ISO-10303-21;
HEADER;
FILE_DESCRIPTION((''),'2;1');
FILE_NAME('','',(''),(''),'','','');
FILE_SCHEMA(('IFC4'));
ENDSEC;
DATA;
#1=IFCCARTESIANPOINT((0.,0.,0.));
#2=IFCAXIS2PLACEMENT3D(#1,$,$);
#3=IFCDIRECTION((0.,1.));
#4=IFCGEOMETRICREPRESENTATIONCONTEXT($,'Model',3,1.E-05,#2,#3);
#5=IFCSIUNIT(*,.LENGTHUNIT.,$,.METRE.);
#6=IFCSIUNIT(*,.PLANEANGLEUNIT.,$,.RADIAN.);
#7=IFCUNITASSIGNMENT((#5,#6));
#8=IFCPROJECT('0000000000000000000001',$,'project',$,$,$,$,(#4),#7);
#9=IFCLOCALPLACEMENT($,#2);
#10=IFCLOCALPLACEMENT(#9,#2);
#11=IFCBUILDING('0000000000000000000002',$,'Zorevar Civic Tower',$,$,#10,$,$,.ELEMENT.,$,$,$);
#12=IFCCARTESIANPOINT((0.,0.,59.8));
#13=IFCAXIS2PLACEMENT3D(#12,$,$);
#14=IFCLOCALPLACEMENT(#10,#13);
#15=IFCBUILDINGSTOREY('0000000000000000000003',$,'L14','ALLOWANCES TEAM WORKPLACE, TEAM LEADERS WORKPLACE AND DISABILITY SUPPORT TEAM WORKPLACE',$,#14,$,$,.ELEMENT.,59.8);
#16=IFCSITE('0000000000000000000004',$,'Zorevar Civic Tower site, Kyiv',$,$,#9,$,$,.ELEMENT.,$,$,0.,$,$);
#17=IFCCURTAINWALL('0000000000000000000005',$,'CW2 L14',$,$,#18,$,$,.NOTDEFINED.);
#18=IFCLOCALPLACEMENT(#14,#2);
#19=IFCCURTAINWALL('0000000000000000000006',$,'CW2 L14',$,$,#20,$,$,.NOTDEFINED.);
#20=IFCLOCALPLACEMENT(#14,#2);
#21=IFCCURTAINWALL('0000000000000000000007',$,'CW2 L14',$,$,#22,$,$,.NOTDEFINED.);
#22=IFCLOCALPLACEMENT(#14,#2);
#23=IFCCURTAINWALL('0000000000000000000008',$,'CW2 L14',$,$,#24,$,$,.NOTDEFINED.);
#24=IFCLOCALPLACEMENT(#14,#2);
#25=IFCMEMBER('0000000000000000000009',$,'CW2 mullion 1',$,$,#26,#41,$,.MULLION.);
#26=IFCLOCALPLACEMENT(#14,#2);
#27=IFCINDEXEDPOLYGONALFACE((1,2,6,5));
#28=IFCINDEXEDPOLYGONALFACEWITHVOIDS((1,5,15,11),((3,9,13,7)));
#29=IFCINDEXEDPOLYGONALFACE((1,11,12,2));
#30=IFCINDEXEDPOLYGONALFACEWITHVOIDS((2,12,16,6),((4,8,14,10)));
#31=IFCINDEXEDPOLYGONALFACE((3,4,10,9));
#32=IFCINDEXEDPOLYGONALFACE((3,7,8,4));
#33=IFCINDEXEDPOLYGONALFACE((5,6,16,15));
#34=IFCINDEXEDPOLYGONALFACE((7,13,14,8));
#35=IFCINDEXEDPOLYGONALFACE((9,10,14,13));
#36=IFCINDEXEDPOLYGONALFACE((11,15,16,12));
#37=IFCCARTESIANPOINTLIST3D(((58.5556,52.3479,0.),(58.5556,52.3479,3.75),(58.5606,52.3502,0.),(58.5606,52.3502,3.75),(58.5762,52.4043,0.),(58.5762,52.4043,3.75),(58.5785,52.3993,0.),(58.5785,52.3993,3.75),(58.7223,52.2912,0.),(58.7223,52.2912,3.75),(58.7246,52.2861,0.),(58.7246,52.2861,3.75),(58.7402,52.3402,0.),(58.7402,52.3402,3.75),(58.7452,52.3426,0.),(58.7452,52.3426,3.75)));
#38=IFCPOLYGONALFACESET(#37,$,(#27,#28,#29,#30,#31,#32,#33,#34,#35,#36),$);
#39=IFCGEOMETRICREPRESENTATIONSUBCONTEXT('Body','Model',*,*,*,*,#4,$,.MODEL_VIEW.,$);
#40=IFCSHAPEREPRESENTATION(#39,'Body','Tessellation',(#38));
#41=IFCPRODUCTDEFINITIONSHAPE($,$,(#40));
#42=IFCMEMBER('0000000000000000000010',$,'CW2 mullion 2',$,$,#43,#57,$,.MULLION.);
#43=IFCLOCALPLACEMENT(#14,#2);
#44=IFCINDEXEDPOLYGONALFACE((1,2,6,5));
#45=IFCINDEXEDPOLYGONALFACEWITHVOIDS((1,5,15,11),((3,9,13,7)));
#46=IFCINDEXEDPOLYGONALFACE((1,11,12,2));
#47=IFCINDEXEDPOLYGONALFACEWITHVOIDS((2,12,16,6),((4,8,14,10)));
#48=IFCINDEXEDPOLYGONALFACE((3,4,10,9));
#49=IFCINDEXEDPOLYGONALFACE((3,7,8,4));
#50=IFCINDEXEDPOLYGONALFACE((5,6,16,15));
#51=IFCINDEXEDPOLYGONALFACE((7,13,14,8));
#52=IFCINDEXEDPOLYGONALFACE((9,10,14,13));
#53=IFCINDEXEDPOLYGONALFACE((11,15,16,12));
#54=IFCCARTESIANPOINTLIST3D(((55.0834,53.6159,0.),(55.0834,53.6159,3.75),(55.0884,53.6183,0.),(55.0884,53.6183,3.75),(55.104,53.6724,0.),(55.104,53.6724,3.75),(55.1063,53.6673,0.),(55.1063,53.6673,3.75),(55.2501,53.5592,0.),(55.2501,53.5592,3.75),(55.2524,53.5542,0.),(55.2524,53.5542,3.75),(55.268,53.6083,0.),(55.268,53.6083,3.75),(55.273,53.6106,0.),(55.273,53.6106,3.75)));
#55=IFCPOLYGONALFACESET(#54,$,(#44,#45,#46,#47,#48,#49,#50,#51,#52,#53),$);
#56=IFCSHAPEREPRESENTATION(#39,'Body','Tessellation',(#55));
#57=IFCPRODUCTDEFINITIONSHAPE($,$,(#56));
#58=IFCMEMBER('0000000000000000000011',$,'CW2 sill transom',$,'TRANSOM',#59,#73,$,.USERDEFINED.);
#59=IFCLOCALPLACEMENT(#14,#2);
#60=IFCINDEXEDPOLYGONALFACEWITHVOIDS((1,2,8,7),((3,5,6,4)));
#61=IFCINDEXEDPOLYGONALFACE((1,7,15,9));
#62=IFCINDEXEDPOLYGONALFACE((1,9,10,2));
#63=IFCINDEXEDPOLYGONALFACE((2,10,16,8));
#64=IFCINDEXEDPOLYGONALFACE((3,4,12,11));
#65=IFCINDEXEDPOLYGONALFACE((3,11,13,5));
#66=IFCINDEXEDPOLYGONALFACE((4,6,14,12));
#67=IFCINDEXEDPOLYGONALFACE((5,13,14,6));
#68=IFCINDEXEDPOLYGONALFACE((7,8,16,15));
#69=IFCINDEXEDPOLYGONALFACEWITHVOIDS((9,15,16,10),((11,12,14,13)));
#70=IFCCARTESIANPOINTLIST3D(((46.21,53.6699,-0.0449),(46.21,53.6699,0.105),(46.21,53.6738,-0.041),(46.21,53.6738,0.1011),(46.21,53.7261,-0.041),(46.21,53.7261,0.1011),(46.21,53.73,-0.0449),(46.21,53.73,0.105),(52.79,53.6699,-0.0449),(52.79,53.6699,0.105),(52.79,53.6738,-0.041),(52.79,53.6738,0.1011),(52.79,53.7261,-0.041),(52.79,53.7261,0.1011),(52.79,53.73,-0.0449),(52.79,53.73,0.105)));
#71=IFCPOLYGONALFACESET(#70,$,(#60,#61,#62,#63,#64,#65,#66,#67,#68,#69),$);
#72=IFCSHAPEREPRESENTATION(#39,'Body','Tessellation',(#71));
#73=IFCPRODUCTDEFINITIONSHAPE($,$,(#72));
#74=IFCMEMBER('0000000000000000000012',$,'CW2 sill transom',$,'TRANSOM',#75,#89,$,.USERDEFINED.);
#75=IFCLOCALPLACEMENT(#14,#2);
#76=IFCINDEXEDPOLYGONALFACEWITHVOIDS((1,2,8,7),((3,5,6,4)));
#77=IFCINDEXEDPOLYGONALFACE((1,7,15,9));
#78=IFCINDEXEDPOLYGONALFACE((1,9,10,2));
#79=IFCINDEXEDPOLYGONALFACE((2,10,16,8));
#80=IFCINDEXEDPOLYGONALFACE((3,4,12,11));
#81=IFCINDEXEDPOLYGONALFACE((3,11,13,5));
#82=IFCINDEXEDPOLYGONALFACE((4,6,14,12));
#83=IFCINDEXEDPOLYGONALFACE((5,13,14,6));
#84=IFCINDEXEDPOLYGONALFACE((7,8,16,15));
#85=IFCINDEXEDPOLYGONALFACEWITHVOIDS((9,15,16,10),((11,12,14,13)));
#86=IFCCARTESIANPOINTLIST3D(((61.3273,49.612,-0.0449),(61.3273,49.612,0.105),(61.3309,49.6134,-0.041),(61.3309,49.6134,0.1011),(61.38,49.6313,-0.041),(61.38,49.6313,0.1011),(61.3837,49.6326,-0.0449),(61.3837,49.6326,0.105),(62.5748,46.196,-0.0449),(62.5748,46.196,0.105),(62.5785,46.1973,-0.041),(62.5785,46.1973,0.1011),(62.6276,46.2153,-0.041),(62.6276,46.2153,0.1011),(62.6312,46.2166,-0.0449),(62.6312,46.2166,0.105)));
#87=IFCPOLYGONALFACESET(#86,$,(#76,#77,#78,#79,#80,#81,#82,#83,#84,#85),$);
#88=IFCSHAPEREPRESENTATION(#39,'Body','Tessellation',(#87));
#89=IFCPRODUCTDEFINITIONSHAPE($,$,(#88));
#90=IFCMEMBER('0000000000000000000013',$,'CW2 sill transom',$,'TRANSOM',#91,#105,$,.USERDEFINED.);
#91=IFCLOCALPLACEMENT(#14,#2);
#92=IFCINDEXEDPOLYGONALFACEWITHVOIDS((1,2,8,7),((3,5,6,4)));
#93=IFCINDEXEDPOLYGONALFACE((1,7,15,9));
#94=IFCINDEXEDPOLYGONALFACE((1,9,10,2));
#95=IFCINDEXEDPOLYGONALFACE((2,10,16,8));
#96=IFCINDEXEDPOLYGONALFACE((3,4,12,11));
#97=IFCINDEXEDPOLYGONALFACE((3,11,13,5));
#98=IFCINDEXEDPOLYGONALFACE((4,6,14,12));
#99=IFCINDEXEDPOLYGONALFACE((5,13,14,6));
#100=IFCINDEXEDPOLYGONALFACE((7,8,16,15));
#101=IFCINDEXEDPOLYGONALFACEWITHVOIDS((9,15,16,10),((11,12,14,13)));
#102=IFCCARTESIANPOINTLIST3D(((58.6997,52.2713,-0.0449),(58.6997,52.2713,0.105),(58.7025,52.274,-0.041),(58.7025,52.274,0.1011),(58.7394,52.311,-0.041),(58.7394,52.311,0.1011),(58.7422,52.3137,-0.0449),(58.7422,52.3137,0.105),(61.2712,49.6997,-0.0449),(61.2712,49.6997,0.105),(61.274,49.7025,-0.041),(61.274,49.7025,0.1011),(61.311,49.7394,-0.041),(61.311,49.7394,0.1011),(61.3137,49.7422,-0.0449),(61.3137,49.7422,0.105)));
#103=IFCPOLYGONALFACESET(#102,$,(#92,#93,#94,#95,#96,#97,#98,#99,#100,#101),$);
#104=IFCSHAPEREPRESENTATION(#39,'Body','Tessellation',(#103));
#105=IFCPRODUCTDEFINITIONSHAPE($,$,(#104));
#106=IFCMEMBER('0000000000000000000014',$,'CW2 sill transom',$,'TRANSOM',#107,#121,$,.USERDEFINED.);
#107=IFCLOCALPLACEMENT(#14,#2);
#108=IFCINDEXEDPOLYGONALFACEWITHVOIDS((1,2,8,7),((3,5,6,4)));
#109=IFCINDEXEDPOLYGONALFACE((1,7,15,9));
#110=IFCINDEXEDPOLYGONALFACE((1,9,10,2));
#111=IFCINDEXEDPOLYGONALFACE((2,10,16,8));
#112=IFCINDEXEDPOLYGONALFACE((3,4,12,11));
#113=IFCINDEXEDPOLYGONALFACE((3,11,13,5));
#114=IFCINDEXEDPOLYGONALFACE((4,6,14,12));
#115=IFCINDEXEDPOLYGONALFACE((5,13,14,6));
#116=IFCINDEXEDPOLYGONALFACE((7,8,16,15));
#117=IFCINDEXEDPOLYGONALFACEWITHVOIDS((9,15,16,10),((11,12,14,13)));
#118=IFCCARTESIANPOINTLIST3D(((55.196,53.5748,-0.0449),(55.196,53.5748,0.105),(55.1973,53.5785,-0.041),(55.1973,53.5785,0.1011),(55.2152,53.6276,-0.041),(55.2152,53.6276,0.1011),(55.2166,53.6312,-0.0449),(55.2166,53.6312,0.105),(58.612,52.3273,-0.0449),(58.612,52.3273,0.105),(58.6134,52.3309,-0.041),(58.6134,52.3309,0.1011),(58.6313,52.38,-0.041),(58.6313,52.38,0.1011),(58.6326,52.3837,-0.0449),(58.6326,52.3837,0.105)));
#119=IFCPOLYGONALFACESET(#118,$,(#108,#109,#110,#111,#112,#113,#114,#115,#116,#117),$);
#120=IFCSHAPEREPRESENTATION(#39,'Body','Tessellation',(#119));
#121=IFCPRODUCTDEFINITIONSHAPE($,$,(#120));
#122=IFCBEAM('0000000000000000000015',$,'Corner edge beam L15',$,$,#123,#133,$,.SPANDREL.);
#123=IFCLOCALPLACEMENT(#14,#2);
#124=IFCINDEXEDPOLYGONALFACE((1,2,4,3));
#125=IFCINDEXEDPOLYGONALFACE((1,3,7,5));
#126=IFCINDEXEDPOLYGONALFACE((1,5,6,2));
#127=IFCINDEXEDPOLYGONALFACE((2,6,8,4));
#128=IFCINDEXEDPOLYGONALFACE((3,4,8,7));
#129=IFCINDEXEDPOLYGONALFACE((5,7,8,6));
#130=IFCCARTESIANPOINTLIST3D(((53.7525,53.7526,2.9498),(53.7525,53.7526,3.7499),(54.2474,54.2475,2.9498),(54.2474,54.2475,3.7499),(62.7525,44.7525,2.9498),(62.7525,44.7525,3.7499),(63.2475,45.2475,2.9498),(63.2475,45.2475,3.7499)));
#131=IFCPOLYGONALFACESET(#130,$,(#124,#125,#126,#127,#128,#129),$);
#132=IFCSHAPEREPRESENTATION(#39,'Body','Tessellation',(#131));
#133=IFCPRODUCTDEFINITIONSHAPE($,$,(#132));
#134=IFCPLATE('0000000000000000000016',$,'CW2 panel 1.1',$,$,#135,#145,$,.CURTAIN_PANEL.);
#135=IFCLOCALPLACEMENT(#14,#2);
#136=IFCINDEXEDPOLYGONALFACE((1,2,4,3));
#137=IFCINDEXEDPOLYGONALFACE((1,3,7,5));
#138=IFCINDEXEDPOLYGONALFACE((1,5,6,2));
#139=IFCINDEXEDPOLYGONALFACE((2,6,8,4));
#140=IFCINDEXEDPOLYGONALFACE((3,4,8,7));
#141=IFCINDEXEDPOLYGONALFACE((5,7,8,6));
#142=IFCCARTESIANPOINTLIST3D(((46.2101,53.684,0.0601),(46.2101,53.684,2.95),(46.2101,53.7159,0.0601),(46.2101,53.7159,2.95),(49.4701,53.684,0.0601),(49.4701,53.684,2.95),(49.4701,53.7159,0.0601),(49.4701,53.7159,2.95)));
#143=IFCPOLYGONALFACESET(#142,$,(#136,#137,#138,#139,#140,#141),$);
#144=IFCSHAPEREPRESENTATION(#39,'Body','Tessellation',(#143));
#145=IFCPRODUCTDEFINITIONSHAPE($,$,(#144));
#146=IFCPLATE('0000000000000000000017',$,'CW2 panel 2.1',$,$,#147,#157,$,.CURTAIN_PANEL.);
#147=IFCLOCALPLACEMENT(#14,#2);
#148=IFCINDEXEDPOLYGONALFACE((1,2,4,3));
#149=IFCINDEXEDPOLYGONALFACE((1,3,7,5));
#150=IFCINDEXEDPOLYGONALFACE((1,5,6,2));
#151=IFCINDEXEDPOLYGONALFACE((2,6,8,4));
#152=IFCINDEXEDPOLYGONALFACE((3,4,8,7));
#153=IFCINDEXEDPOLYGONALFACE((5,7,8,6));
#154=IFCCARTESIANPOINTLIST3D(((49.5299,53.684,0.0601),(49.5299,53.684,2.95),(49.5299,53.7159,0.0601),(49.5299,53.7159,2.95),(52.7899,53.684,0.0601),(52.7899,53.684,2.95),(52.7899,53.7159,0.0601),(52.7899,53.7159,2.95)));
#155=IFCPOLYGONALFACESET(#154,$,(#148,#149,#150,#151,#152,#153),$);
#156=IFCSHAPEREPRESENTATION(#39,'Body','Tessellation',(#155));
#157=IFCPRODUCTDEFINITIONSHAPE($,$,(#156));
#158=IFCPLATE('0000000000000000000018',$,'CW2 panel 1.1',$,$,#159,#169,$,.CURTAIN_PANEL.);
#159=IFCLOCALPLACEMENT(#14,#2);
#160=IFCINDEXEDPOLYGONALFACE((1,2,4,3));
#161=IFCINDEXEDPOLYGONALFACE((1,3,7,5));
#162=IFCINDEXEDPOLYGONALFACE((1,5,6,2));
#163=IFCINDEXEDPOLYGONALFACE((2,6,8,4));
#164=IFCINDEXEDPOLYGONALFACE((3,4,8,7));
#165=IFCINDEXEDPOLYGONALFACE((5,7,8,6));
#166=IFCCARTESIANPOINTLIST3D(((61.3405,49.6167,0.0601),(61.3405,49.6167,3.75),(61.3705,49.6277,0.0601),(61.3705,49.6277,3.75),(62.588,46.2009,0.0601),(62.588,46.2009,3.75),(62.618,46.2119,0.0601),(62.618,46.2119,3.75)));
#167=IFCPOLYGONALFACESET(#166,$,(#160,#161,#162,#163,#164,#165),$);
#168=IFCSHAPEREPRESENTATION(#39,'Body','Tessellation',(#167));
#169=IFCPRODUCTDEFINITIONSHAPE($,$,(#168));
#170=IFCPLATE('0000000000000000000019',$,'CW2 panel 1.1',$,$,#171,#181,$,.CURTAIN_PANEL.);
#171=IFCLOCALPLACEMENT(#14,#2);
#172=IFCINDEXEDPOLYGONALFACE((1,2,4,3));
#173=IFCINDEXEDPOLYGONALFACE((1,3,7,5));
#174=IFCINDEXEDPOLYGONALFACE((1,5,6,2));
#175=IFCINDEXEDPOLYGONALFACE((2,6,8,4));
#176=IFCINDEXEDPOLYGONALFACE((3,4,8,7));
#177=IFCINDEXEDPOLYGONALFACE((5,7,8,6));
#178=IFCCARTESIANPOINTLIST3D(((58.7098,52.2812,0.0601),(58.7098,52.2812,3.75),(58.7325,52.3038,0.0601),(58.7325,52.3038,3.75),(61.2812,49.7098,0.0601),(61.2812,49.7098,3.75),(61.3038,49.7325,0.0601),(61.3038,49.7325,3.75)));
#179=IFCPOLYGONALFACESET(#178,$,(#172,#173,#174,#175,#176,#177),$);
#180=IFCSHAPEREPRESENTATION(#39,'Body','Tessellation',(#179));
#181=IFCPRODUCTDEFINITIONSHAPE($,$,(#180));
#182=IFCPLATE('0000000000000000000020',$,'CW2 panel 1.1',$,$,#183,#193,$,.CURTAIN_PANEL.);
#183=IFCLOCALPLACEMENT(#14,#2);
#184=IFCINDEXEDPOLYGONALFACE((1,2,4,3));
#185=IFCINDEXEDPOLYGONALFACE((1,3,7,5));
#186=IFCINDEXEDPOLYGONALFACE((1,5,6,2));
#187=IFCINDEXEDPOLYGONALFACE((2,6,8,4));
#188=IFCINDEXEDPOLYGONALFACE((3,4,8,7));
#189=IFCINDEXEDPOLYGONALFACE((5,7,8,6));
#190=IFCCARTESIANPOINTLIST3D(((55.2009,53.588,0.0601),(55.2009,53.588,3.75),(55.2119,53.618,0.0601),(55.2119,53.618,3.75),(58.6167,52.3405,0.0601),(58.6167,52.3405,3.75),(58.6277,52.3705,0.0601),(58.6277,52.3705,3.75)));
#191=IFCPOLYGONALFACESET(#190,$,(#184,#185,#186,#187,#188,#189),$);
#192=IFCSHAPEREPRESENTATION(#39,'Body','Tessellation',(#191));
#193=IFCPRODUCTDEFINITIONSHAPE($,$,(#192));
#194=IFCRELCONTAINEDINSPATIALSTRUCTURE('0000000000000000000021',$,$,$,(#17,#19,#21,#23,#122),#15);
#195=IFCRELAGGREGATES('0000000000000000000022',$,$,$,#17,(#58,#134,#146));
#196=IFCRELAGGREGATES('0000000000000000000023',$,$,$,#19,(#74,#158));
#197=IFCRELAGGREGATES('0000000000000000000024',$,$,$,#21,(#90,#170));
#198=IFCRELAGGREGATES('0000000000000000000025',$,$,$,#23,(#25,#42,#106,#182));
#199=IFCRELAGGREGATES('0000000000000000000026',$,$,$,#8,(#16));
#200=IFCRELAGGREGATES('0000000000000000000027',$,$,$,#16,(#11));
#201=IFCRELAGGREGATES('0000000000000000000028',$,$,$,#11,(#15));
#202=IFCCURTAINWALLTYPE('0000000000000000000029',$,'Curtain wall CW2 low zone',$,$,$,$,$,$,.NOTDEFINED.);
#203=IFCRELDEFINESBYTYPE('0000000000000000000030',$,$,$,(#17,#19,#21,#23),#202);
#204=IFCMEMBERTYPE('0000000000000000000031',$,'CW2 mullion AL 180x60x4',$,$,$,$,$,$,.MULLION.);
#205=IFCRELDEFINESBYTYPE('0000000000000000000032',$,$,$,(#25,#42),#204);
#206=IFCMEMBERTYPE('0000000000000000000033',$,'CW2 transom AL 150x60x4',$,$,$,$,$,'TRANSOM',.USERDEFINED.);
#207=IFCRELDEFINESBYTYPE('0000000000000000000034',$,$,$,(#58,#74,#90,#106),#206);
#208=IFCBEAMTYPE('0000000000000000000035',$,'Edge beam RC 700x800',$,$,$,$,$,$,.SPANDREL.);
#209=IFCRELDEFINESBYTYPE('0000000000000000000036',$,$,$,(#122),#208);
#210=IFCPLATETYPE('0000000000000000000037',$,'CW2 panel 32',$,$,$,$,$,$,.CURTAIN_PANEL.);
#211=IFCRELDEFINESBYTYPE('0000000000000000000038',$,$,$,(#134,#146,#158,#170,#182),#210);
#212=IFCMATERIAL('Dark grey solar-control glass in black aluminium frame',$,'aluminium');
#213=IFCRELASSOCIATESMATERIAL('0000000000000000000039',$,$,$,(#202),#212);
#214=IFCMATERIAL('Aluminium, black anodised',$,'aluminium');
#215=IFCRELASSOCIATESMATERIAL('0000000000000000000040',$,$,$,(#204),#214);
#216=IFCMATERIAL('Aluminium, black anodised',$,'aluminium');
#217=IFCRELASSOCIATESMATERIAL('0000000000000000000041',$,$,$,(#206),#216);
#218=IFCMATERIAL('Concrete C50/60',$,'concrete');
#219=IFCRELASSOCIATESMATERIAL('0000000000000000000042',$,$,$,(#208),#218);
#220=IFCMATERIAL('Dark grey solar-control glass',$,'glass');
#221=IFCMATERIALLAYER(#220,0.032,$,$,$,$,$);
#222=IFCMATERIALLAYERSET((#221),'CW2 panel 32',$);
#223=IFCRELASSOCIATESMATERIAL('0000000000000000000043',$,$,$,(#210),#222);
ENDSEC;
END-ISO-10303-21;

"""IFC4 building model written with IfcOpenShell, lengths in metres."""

from ifc_helpers import new_model, si_unit, direction, frame, origin, origin_2d, place, context, subcontext, project, spatial, rectangle, hollow_rectangle, extrude, material, layer, layer_set, material_profile, profile_set, type_object, element, aggregate, save


model = new_model("IFC4")

# Units and contexts
model_context = context("Model", 3, precision=1e-05, world=origin(), true_north=direction((0.0, 1.0)))
body_context = subcontext(model_context, "Body", "Model", "MODEL_VIEW")
ifc_project = project(units=[si_unit("LENGTHUNIT", "METRE"), si_unit("PLANEANGLEUNIT", "RADIAN")], contexts=[model_context])

# Site, building, storey
site_placement = place(None, origin())
site = spatial("IfcSite", under=ifc_project, at=site_placement, Name="Zorevar Civic Tower site, Kyiv", CompositionType="ELEMENT", RefElevation=0.0)
building_placement = place(site_placement, origin())
building = spatial("IfcBuilding", under=site, at=building_placement, Name="Zorevar Civic Tower", CompositionType="ELEMENT")
storey_placement = place(building_placement, frame((0.0, 0.0, 59.8)))
storey = spatial("IfcBuildingStorey", under=building, at=storey_placement, Name="L14", Description="ALLOWANCES TEAM WORKPLACE, TEAM LEADERS WORKPLACE AND DISABILITY SUPPORT TEAM WORKPLACE", CompositionType="ELEMENT", Elevation=59.8)

# Curtain walls, members
ifc_material_1 = material(Name="Dark grey solar-control glass in black aluminium frame", Category="aluminium")
curtain_wall_type = type_object("IfcCurtainWallType", Name="Curtain wall CW2 low zone", PredefinedType="NOTDEFINED", material=ifc_material_1)
curtain_wall_1_placement = place(storey_placement, origin())
curtain_wall_1 = element("IfcCurtainWall", 1, at=curtain_wall_1_placement, inside=storey, type_object=curtain_wall_type, Name="CW2 L14", PredefinedType="NOTDEFINED")
ifc_material_2 = material(Name="Aluminium, black anodised", Category="aluminium")
ifc_material_profile_1 = material_profile(ifc_material_2, hollow_rectangle(XDim=0.0601, YDim=0.1799, WallThickness=0.0039, at=origin_2d()), Name="AL 180x60x4")
ifc_profile_set_1 = profile_set([ifc_material_profile_1], Name="Aluminium, black anodised")
member_type_1 = type_object("IfcMemberType", Name="CW2 mullion AL 180x60x4", PredefinedType="MULLION", material=ifc_profile_set_1)
curtain_wall_2_placement = place(storey_placement, origin())
curtain_wall_2 = element("IfcCurtainWall", 2, at=curtain_wall_2_placement, inside=storey, type_object=curtain_wall_type, Name="CW2 L14", PredefinedType="NOTDEFINED")
curtain_wall_3_placement = place(storey_placement, origin())
curtain_wall_3 = element("IfcCurtainWall", 3, at=curtain_wall_3_placement, inside=storey, type_object=curtain_wall_type, Name="CW2 L14", PredefinedType="NOTDEFINED")
curtain_wall_4_placement = place(storey_placement, origin())
curtain_wall_4 = element("IfcCurtainWall", 4, at=curtain_wall_4_placement, inside=storey, type_object=curtain_wall_type, Name="CW2 L14", PredefinedType="NOTDEFINED")
member_1_placement = place(storey_placement, frame((58.6504, 52.3452, 0.0), z_axis=(0.0, 0.0, 1.0), x_axis=(-0.34306, -0.939313, 0.0)))
member_1 = element("IfcMember", 5, at=member_1_placement, type_object=member_type_1, Name="CW2 mullion 1", PredefinedType="MULLION", context=body_context, shape_type="SweptSolid", body=[
    extrude(hollow_rectangle(XDim=0.0601, YDim=0.1799, WallThickness=0.0039, at=origin_2d()), origin(), (0.0, 0.0, 1.0), 3.75),
])
member_2_placement = place(storey_placement, frame((55.1782, 53.6133, 0.0), z_axis=(0.0, 0.0, 1.0), x_axis=(-0.34306, -0.939313, 0.0)))
member_2 = element("IfcMember", 6, at=member_2_placement, type_object=member_type_1, Name="CW2 mullion 2", PredefinedType="MULLION", context=body_context, shape_type="SweptSolid", body=[
    extrude(hollow_rectangle(XDim=0.0601, YDim=0.1799, WallThickness=0.0039, at=origin_2d()), origin(), (0.0, 0.0, 1.0), 3.75),
])

# Members
ifc_material_3 = material(Name="Aluminium, black anodised", Category="aluminium")
ifc_material_profile_2 = material_profile(ifc_material_3, hollow_rectangle(XDim=0.0601, YDim=0.1499, WallThickness=0.0039, at=origin_2d()), Name="AL 150x60x4")
ifc_profile_set_2 = profile_set([ifc_material_profile_2], Name="Aluminium, black anodised")
member_type_2 = type_object("IfcMemberType", Name="CW2 transom AL 150x60x4", ElementType="TRANSOM", PredefinedType="USERDEFINED", material=ifc_profile_set_2)
member_3_placement = place(storey_placement, frame((46.21, 53.7, 0.03), z_axis=(1.0, 0.0, 0.0), x_axis=(0.0, 1.0, 0.0)))
member_3 = element("IfcMember", 7, at=member_3_placement, type_object=member_type_2, Name="CW2 sill transom", ObjectType="TRANSOM", PredefinedType="USERDEFINED", context=body_context, shape_type="SweptSolid", body=[
    extrude(hollow_rectangle(XDim=0.0601, YDim=0.1499, WallThickness=0.0039, at=origin_2d()), origin(), (0.0, 0.0, 1.0), 6.5801),
])
member_4_placement = place(storey_placement, frame((62.603, 46.2063, 0.03), z_axis=(-0.343047, 0.939318, 0.0), x_axis=(-0.939318, -0.343047, 0.0)))
member_4 = element("IfcMember", 8, at=member_4_placement, type_object=member_type_2, Name="CW2 sill transom", ObjectType="TRANSOM", PredefinedType="USERDEFINED", context=body_context, shape_type="SweptSolid", body=[
    extrude(hollow_rectangle(XDim=0.0601, YDim=0.1499, WallThickness=0.0039, at=origin_2d()), origin(), (0.0, 0.0, 1.0), 3.6367),
])
member_5_placement = place(storey_placement, frame((61.2925, 49.7209, 0.03), z_axis=(-0.707107, 0.707107, 0.0), x_axis=(-0.707107, -0.707107, 0.0)))
member_5 = element("IfcMember", 9, at=member_5_placement, type_object=member_type_2, Name="CW2 sill transom", ObjectType="TRANSOM", PredefinedType="USERDEFINED", context=body_context, shape_type="SweptSolid", body=[
    extrude(hollow_rectangle(XDim=0.0601, YDim=0.1499, WallThickness=0.0039, at=origin_2d()), origin(), (0.0, 0.0, 1.0), 3.6367),
])
member_6_placement = place(storey_placement, frame((58.6223, 52.3555, 0.03), z_axis=(-0.939318, 0.343047, 0.0), x_axis=(-0.343047, -0.939318, 0.0)))
member_6 = element("IfcMember", 10, at=member_6_placement, type_object=member_type_2, Name="CW2 sill transom", ObjectType="TRANSOM", PredefinedType="USERDEFINED", context=body_context, shape_type="SweptSolid", body=[
    extrude(hollow_rectangle(XDim=0.0601, YDim=0.1499, WallThickness=0.0039, at=origin_2d()), origin(), (0.0, 0.0, 1.0), 3.6367),
])

# Beam
ifc_material_4 = material(Name="Concrete C50/60", Category="concrete")
ifc_material_profile_3 = material_profile(ifc_material_4, rectangle(XDim=0.7, YDim=0.8, at=origin_2d()), Name="RC 700x800")
ifc_profile_set_3 = profile_set([ifc_material_profile_3], Name="Concrete C50/60")
beam_type_1 = type_object("IfcBeamType", Name="Edge beam RC 700x800", PredefinedType="SPANDREL", material=ifc_profile_set_3)
beam_1_placement = place(storey_placement, frame((63.0, 45.0, 3.3499), z_axis=(-0.707107, 0.707107, 0.0), x_axis=(-0.707107, -0.707107, 0.0)))
element("IfcBeam", 11, at=beam_1_placement, inside=storey, type_object=beam_type_1, Name="Corner edge beam L15", PredefinedType="SPANDREL", context=body_context, shape_type="SweptSolid", body=[
    extrude(rectangle(XDim=0.7, YDim=0.8, at=origin_2d()), origin(), (0.0, 0.0, 1.0), 12.728),
])

# Plates
ifc_material_5 = material(Name="Dark grey solar-control glass", Category="glass")
ifc_layer_1 = layer(ifc_material_5, 0.032)
ifc_layer_set_1 = layer_set([ifc_layer_1], Name="CW2 panel 32")
plate_type = type_object("IfcPlateType", Name="CW2 panel 32", PredefinedType="CURTAIN_PANEL", material=ifc_layer_set_1)
plate_1_placement = place(storey_placement, frame((47.8401, 53.7, 0.0601), z_axis=(0.0, 0.0, 1.0), x_axis=(1.0, 0.0, 0.0)))
plate_1 = element("IfcPlate", 12, at=plate_1_placement, type_object=plate_type, Name="CW2 panel 1.1", PredefinedType="CURTAIN_PANEL", context=body_context, shape_type="SweptSolid", body=[
    extrude(rectangle(XDim=3.26, YDim=0.032, at=origin_2d()), origin(), (0.0, 0.0, 1.0), 2.8899),
])
plate_2_placement = place(storey_placement, frame((51.1599, 53.7, 0.0601), z_axis=(0.0, 0.0, 1.0), x_axis=(1.0, 0.0, 0.0)))
plate_2 = element("IfcPlate", 13, at=plate_2_placement, type_object=plate_type, Name="CW2 panel 2.1", PredefinedType="CURTAIN_PANEL", context=body_context, shape_type="SweptSolid", body=[
    extrude(rectangle(XDim=3.26, YDim=0.032, at=origin_2d()), origin(), (0.0, 0.0, 1.0), 2.8899),
])
aggregate(curtain_wall_1, [member_3, plate_1, plate_2])
plate_3_placement = place(storey_placement, frame((61.9792, 47.9143, 0.0601), z_axis=(0.0, 0.0, 1.0), x_axis=(-0.34306, 0.939313, 0.0)))
plate_3 = element("IfcPlate", 14, at=plate_3_placement, type_object=plate_type, Name="CW2 panel 1.1", PredefinedType="CURTAIN_PANEL", context=body_context, shape_type="SweptSolid", body=[
    extrude(rectangle(XDim=3.6365, YDim=0.032, at=origin_2d()), origin(), (0.0, 0.0, 1.0), 3.6899),
])
aggregate(curtain_wall_2, [member_4, plate_3])
plate_4_placement = place(storey_placement, frame((60.0068, 51.0068, 0.0601), z_axis=(0.0, 0.0, 1.0), x_axis=(-0.707107, 0.707107, 0.0)))
plate_4 = element("IfcPlate", 15, at=plate_4_placement, type_object=plate_type, Name="CW2 panel 1.1", PredefinedType="CURTAIN_PANEL", context=body_context, shape_type="SweptSolid", body=[
    extrude(rectangle(XDim=3.6365, YDim=0.032, at=origin_2d()), origin(), (0.0, 0.0, 1.0), 3.6899),
])
aggregate(curtain_wall_3, [member_5, plate_4])
plate_5_placement = place(storey_placement, frame((56.9143, 52.9792, 0.0601), z_axis=(0.0, 0.0, 1.0), x_axis=(-0.939313, 0.34306, 0.0)))
plate_5 = element("IfcPlate", 16, at=plate_5_placement, type_object=plate_type, Name="CW2 panel 1.1", PredefinedType="CURTAIN_PANEL", context=body_context, shape_type="SweptSolid", body=[
    extrude(rectangle(XDim=3.6365, YDim=0.032, at=origin_2d()), origin(), (0.0, 0.0, 1.0), 3.6899),
])
aggregate(curtain_wall_4, [member_1, member_2, member_6, plate_5])

save(model, "model.ifc")
